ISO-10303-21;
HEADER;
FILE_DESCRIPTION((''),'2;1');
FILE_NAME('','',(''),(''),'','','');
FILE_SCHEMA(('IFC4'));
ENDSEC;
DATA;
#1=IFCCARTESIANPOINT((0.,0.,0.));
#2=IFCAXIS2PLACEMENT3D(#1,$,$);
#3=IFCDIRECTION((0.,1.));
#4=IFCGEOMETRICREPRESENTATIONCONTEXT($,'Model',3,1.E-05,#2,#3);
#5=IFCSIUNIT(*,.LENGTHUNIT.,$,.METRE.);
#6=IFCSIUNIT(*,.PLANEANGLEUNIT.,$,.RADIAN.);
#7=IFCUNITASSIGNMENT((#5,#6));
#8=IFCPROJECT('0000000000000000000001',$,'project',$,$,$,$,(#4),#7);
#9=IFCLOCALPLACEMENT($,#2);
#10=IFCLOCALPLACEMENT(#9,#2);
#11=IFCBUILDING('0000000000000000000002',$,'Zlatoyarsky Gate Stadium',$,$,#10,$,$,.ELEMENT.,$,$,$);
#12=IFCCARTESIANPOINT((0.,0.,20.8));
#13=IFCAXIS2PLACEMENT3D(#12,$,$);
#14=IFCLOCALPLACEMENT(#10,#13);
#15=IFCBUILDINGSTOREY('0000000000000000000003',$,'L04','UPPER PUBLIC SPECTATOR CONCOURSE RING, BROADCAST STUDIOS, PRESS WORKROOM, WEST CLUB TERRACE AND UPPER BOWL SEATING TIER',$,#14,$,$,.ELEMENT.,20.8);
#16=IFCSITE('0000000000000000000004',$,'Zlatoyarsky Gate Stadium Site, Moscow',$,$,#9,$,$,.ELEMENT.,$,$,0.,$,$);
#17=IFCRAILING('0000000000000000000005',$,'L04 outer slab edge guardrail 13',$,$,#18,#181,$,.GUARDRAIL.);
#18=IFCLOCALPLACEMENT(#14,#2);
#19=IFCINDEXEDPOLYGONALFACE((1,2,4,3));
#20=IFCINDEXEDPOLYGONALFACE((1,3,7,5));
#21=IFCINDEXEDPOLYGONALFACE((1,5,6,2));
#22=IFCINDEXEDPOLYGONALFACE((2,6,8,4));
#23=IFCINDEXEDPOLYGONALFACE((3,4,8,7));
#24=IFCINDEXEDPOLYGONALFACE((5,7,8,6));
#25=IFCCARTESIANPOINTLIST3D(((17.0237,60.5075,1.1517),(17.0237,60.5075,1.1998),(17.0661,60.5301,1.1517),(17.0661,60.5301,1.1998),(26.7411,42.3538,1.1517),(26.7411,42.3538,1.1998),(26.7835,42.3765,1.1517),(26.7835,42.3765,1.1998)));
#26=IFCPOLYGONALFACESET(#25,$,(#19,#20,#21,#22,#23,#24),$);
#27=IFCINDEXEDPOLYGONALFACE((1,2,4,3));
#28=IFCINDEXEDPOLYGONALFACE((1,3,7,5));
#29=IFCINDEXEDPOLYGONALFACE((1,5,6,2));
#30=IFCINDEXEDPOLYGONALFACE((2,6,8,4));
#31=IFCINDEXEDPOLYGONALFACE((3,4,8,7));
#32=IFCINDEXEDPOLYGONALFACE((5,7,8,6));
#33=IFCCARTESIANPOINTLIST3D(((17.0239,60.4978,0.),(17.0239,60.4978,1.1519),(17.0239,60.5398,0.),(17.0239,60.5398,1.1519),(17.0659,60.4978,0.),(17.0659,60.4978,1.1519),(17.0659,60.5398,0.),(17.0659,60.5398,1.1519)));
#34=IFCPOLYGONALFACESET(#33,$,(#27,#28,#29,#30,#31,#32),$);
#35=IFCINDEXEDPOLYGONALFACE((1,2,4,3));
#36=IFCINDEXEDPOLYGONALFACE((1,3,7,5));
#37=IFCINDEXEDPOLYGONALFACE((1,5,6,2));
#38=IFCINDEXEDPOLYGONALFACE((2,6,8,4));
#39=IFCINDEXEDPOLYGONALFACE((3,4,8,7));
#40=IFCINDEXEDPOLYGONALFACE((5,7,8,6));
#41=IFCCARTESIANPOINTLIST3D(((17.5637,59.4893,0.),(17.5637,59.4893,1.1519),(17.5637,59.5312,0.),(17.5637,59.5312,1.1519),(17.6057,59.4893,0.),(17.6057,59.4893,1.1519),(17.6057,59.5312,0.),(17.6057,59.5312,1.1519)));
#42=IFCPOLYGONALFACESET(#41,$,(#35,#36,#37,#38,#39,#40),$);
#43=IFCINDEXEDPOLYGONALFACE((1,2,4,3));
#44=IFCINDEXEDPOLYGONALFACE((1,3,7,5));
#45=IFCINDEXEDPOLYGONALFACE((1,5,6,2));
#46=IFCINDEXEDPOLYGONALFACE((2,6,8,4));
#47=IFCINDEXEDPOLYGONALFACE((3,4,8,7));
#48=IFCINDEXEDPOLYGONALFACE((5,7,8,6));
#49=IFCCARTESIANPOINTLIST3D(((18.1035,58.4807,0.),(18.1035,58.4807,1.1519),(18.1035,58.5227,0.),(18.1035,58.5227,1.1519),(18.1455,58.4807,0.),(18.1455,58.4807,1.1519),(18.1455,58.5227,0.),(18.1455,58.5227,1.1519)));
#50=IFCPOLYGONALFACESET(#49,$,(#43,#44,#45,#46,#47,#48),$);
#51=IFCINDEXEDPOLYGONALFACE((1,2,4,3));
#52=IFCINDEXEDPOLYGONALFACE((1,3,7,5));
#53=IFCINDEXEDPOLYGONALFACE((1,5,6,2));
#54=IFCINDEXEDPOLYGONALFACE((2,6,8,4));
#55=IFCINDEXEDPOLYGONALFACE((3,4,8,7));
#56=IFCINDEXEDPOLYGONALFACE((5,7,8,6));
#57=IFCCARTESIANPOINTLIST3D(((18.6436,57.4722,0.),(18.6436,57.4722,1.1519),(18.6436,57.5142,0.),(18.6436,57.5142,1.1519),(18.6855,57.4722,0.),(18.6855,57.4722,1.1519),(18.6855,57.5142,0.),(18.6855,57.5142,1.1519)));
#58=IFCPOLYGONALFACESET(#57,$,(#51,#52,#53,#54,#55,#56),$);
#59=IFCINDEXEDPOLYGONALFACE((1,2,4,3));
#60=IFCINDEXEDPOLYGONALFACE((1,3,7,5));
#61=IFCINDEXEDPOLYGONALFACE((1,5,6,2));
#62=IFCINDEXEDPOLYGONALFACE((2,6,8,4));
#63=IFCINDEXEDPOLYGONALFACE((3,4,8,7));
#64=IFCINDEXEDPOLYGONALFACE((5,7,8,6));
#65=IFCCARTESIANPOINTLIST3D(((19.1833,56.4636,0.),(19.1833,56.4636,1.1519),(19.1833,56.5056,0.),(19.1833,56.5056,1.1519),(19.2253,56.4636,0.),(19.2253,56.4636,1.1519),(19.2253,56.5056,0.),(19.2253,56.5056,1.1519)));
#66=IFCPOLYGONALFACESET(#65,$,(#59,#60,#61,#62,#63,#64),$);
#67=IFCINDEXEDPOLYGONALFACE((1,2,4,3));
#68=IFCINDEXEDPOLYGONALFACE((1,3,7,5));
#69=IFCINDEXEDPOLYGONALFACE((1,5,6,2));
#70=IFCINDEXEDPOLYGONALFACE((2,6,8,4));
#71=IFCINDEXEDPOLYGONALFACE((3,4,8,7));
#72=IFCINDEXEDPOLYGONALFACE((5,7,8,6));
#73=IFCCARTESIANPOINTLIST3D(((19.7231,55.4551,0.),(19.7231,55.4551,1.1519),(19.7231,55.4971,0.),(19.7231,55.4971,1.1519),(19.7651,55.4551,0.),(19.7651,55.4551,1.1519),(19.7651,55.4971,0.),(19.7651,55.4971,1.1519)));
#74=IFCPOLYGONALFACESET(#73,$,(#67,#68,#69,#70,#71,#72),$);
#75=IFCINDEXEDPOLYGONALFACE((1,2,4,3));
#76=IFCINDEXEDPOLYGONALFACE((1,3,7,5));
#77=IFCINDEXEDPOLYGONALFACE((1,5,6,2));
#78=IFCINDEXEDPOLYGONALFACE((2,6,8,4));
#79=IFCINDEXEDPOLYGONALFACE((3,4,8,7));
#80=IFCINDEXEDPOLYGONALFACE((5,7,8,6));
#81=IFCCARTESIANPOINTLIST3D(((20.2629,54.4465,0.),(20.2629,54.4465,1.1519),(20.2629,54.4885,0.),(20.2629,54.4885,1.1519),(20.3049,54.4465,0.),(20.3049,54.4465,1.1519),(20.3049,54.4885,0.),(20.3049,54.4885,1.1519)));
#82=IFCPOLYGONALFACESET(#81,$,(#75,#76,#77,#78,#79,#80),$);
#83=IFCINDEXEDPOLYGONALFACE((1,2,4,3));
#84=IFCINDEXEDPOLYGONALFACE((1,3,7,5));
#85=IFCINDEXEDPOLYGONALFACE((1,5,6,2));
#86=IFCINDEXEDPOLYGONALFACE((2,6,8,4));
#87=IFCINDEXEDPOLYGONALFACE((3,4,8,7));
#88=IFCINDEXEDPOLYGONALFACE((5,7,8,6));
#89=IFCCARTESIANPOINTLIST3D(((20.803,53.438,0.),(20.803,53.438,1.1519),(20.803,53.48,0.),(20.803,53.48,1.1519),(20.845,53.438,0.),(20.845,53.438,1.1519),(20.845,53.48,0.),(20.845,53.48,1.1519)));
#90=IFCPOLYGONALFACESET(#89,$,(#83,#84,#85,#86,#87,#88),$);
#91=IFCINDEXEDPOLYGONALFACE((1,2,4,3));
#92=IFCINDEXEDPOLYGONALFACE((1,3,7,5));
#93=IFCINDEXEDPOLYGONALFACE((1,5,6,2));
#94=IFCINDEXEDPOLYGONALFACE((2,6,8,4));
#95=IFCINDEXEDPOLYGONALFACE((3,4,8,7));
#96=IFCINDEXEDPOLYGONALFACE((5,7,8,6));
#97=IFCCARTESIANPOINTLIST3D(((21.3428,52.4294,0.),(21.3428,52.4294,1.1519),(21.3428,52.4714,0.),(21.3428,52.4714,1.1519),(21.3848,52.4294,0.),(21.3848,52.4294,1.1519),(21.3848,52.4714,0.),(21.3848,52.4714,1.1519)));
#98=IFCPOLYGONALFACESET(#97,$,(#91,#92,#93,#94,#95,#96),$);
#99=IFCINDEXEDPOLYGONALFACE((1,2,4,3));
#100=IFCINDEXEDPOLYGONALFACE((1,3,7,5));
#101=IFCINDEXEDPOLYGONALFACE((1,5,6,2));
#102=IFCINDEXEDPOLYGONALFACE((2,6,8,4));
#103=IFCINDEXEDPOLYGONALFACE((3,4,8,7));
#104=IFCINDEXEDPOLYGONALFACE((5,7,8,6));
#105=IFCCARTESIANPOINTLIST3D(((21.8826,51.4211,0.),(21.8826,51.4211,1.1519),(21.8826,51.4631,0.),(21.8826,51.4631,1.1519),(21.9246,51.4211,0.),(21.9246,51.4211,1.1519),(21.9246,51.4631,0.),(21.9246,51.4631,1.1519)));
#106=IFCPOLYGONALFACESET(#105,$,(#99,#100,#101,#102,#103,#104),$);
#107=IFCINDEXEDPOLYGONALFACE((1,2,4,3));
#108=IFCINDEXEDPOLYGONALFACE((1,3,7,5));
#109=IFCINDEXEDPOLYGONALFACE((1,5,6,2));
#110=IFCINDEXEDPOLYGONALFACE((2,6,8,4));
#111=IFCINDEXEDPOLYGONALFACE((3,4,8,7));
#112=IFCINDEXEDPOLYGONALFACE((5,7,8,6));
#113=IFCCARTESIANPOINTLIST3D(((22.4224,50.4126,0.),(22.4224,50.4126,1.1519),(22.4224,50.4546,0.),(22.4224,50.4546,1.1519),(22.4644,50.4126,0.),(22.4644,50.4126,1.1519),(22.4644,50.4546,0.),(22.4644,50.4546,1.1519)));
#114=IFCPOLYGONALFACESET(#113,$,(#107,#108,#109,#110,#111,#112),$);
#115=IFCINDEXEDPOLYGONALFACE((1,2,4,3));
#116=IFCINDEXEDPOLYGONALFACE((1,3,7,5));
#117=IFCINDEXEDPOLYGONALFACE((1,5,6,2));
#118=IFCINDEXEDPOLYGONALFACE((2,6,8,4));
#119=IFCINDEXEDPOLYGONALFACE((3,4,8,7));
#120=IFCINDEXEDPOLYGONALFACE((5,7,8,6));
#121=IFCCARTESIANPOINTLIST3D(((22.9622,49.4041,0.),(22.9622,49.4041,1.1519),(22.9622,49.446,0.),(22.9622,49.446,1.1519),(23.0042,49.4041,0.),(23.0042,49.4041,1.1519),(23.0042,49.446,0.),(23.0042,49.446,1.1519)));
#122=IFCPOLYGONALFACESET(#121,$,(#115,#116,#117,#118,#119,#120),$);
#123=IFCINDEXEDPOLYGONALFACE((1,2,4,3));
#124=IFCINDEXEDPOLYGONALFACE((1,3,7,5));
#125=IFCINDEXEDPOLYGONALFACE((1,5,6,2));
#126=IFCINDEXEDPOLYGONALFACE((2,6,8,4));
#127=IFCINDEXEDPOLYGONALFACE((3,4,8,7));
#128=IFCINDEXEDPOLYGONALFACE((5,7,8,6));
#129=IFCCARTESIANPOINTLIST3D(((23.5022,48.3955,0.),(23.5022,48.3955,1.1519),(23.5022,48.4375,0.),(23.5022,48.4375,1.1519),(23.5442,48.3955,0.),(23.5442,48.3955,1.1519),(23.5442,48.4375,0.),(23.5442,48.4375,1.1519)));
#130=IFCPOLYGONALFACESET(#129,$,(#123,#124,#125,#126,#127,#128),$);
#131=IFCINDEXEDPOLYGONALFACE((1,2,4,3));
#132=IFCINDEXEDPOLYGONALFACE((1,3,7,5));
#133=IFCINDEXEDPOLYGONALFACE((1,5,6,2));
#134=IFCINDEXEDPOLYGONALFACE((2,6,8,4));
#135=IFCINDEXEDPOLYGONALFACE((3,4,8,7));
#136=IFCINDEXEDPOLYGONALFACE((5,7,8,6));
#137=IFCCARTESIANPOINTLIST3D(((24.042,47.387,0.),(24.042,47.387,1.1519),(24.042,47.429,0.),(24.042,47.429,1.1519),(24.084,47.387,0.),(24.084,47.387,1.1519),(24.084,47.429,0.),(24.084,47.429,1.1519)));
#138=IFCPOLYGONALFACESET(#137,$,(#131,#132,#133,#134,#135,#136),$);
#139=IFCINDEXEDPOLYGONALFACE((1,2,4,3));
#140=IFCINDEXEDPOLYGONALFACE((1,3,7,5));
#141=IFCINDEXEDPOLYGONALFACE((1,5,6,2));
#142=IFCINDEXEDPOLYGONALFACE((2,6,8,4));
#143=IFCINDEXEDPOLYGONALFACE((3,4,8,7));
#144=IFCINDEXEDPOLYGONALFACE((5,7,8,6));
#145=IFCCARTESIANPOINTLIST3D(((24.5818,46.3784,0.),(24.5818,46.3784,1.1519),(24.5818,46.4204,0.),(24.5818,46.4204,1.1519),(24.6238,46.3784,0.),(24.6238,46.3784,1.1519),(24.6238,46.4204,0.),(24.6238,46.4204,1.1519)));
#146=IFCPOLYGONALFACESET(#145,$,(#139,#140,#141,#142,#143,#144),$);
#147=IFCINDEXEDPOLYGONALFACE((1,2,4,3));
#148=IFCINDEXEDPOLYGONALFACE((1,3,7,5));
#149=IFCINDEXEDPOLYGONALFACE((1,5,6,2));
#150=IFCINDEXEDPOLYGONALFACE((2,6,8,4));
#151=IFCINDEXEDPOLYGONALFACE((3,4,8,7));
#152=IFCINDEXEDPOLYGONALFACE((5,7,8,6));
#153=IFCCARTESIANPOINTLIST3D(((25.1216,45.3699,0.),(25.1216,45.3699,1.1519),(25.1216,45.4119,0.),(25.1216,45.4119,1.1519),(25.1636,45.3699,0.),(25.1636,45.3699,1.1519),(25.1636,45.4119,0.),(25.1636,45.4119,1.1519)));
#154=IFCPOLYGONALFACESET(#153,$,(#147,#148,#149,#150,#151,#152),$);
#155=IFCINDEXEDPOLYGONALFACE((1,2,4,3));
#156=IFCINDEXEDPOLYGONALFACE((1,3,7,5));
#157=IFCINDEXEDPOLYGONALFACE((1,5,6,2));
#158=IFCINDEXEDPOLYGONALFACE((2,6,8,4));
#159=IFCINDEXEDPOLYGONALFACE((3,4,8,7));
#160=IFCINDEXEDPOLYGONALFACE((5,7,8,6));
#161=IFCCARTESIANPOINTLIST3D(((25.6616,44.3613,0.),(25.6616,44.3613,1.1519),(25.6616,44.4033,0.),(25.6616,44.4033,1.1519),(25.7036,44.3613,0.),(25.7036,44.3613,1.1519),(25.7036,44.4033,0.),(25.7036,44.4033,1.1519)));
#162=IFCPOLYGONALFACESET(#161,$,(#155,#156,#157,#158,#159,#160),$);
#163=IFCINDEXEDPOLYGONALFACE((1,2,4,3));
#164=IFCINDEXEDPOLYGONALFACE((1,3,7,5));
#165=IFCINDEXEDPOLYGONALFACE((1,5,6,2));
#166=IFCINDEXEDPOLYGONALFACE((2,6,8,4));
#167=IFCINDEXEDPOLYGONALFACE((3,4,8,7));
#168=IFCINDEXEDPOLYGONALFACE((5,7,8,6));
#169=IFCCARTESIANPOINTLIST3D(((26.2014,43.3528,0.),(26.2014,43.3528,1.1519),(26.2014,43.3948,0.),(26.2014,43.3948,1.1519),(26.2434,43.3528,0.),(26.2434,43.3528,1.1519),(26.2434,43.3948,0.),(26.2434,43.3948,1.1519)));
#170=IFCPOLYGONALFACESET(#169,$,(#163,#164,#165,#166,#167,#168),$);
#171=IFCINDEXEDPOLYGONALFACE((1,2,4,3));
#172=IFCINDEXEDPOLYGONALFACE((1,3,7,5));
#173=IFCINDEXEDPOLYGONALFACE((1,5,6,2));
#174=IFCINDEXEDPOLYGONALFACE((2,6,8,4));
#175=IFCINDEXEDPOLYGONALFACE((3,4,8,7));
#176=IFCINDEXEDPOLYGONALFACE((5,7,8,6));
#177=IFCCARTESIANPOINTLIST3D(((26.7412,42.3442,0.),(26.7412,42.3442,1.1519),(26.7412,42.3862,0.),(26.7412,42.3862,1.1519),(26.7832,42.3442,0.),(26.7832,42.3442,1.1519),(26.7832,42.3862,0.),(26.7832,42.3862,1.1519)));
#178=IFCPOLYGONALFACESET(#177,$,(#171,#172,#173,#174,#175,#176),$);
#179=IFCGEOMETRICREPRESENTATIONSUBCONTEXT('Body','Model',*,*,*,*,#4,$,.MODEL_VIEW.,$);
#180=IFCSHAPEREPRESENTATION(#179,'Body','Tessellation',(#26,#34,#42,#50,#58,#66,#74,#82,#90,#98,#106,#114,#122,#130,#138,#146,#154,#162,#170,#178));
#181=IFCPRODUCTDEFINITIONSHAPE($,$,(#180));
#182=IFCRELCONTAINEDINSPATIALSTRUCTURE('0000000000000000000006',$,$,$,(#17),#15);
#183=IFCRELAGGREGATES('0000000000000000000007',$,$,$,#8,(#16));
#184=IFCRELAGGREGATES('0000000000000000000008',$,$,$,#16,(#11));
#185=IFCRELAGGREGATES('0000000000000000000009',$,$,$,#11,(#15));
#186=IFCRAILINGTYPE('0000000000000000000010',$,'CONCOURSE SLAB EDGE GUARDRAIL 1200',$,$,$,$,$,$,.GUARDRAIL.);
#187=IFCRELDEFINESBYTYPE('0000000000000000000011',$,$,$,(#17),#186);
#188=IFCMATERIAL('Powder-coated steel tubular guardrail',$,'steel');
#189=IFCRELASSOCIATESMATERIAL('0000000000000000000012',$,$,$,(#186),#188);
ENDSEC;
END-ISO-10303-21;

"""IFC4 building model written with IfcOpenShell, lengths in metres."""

from ifc_helpers import new_model, si_unit, direction, frame, origin, origin_2d, place, context, subcontext, project, spatial, rectangle, extrude, material, type_object, element, save


model = new_model("IFC4")

# Units and contexts
model_context = context("Model", 3, precision=1e-05, world=origin(), true_north=direction((0.0, 1.0)))
body_context = subcontext(model_context, "Body", "Model", "MODEL_VIEW")
ifc_project = project(units=[si_unit("LENGTHUNIT", "METRE"), si_unit("PLANEANGLEUNIT", "RADIAN")], contexts=[model_context])

# Site, building, storey
site_placement = place(None, origin())
site = spatial("IfcSite", under=ifc_project, at=site_placement, Name="Zlatoyarsky Gate Stadium Site, Moscow", CompositionType="ELEMENT", RefElevation=0.0)
building_placement = place(site_placement, origin())
building = spatial("IfcBuilding", under=site, at=building_placement, Name="Zlatoyarsky Gate Stadium", CompositionType="ELEMENT")
storey_placement = place(building_placement, frame((0.0, 0.0, 20.8)))
storey = spatial("IfcBuildingStorey", under=building, at=storey_placement, Name="L04", Description="UPPER PUBLIC SPECTATOR CONCOURSE RING, BROADCAST STUDIOS, PRESS WORKROOM, WEST CLUB TERRACE AND UPPER BOWL SEATING TIER", CompositionType="ELEMENT", Elevation=20.8)

# Railing
ifc_material_1 = material(Name="Powder-coated steel tubular guardrail", Category="steel")
railing_type_1 = type_object("IfcRailingType", Name="CONCOURSE SLAB EDGE GUARDRAIL 1200", PredefinedType="GUARDRAIL", material=ifc_material_1)
railing_1_placement = place(storey_placement, frame((17.0449, 60.5188, 0.0)))
element("IfcRailing", 1, at=railing_1_placement, inside=storey, type_object=railing_type_1, Name="L04 outer slab edge guardrail 13", PredefinedType="GUARDRAIL", context=body_context, shape_type="SweptSolid", body=[
    extrude(rectangle(XDim=0.0481, YDim=0.0481, at=origin_2d()), frame((0.0, 0.0, 1.1758), z_axis=(0.471926, -0.881638, 0.0), x_axis=(0.881638, 0.471926, 0.0)), (0.0, 0.0, 1.0), 20.5908),
    extrude(rectangle(XDim=0.042, YDim=0.042, at=origin_2d()), origin(), (0.0, 0.0, 1.0), 1.1519),
    extrude(rectangle(XDim=0.042, YDim=0.042, at=origin_2d()), frame((0.5398, -1.0085, 0.0)), (0.0, 0.0, 1.0), 1.1519),
    extrude(rectangle(XDim=0.042, YDim=0.042, at=origin_2d()), frame((1.0796, -2.0171, 0.0)), (0.0, 0.0, 1.0), 1.1519),
    extrude(rectangle(XDim=0.042, YDim=0.042, at=origin_2d()), frame((1.6196, -3.0256, 0.0)), (0.0, 0.0, 1.0), 1.1519),
    extrude(rectangle(XDim=0.042, YDim=0.042, at=origin_2d()), frame((2.1594, -4.0342, 0.0)), (0.0, 0.0, 1.0), 1.1519),
    extrude(rectangle(XDim=0.042, YDim=0.042, at=origin_2d()), frame((2.6992, -5.0427, 0.0)), (0.0, 0.0, 1.0), 1.1519),
    extrude(rectangle(XDim=0.042, YDim=0.042, at=origin_2d()), frame((3.239, -6.0513, 0.0)), (0.0, 0.0, 1.0), 1.1519),
    extrude(rectangle(XDim=0.042, YDim=0.042, at=origin_2d()), frame((3.7791, -7.0598, 0.0)), (0.0, 0.0, 1.0), 1.1519),
    extrude(rectangle(XDim=0.042, YDim=0.042, at=origin_2d()), frame((4.3188, -8.0684, 0.0)), (0.0, 0.0, 1.0), 1.1519),
    extrude(rectangle(XDim=0.042, YDim=0.042, at=origin_2d()), frame((4.8586, -9.0767, 0.0)), (0.0, 0.0, 1.0), 1.1519),
    extrude(rectangle(XDim=0.042, YDim=0.042, at=origin_2d()), frame((5.3984, -10.0852, 0.0)), (0.0, 0.0, 1.0), 1.1519),
    extrude(rectangle(XDim=0.042, YDim=0.042, at=origin_2d()), frame((5.9382, -11.0938, 0.0)), (0.0, 0.0, 1.0), 1.1519),
    extrude(rectangle(XDim=0.042, YDim=0.042, at=origin_2d()), frame((6.4783, -12.1023, 0.0)), (0.0, 0.0, 1.0), 1.1519),
    extrude(rectangle(XDim=0.042, YDim=0.042, at=origin_2d()), frame((7.0181, -13.1108, 0.0)), (0.0, 0.0, 1.0), 1.1519),
    extrude(rectangle(XDim=0.042, YDim=0.042, at=origin_2d()), frame((7.5579, -14.1194, 0.0)), (0.0, 0.0, 1.0), 1.1519),
    extrude(rectangle(XDim=0.042, YDim=0.042, at=origin_2d()), frame((8.0977, -15.1279, 0.0)), (0.0, 0.0, 1.0), 1.1519),
    extrude(rectangle(XDim=0.042, YDim=0.042, at=origin_2d()), frame((8.6377, -16.1365, 0.0)), (0.0, 0.0, 1.0), 1.1519),
    extrude(rectangle(XDim=0.042, YDim=0.042, at=origin_2d()), frame((9.1775, -17.145, 0.0)), (0.0, 0.0, 1.0), 1.1519),
    extrude(rectangle(XDim=0.042, YDim=0.042, at=origin_2d()), frame((9.7173, -18.1536, 0.0)), (0.0, 0.0, 1.0), 1.1519),
])

save(model, "model.ifc")
